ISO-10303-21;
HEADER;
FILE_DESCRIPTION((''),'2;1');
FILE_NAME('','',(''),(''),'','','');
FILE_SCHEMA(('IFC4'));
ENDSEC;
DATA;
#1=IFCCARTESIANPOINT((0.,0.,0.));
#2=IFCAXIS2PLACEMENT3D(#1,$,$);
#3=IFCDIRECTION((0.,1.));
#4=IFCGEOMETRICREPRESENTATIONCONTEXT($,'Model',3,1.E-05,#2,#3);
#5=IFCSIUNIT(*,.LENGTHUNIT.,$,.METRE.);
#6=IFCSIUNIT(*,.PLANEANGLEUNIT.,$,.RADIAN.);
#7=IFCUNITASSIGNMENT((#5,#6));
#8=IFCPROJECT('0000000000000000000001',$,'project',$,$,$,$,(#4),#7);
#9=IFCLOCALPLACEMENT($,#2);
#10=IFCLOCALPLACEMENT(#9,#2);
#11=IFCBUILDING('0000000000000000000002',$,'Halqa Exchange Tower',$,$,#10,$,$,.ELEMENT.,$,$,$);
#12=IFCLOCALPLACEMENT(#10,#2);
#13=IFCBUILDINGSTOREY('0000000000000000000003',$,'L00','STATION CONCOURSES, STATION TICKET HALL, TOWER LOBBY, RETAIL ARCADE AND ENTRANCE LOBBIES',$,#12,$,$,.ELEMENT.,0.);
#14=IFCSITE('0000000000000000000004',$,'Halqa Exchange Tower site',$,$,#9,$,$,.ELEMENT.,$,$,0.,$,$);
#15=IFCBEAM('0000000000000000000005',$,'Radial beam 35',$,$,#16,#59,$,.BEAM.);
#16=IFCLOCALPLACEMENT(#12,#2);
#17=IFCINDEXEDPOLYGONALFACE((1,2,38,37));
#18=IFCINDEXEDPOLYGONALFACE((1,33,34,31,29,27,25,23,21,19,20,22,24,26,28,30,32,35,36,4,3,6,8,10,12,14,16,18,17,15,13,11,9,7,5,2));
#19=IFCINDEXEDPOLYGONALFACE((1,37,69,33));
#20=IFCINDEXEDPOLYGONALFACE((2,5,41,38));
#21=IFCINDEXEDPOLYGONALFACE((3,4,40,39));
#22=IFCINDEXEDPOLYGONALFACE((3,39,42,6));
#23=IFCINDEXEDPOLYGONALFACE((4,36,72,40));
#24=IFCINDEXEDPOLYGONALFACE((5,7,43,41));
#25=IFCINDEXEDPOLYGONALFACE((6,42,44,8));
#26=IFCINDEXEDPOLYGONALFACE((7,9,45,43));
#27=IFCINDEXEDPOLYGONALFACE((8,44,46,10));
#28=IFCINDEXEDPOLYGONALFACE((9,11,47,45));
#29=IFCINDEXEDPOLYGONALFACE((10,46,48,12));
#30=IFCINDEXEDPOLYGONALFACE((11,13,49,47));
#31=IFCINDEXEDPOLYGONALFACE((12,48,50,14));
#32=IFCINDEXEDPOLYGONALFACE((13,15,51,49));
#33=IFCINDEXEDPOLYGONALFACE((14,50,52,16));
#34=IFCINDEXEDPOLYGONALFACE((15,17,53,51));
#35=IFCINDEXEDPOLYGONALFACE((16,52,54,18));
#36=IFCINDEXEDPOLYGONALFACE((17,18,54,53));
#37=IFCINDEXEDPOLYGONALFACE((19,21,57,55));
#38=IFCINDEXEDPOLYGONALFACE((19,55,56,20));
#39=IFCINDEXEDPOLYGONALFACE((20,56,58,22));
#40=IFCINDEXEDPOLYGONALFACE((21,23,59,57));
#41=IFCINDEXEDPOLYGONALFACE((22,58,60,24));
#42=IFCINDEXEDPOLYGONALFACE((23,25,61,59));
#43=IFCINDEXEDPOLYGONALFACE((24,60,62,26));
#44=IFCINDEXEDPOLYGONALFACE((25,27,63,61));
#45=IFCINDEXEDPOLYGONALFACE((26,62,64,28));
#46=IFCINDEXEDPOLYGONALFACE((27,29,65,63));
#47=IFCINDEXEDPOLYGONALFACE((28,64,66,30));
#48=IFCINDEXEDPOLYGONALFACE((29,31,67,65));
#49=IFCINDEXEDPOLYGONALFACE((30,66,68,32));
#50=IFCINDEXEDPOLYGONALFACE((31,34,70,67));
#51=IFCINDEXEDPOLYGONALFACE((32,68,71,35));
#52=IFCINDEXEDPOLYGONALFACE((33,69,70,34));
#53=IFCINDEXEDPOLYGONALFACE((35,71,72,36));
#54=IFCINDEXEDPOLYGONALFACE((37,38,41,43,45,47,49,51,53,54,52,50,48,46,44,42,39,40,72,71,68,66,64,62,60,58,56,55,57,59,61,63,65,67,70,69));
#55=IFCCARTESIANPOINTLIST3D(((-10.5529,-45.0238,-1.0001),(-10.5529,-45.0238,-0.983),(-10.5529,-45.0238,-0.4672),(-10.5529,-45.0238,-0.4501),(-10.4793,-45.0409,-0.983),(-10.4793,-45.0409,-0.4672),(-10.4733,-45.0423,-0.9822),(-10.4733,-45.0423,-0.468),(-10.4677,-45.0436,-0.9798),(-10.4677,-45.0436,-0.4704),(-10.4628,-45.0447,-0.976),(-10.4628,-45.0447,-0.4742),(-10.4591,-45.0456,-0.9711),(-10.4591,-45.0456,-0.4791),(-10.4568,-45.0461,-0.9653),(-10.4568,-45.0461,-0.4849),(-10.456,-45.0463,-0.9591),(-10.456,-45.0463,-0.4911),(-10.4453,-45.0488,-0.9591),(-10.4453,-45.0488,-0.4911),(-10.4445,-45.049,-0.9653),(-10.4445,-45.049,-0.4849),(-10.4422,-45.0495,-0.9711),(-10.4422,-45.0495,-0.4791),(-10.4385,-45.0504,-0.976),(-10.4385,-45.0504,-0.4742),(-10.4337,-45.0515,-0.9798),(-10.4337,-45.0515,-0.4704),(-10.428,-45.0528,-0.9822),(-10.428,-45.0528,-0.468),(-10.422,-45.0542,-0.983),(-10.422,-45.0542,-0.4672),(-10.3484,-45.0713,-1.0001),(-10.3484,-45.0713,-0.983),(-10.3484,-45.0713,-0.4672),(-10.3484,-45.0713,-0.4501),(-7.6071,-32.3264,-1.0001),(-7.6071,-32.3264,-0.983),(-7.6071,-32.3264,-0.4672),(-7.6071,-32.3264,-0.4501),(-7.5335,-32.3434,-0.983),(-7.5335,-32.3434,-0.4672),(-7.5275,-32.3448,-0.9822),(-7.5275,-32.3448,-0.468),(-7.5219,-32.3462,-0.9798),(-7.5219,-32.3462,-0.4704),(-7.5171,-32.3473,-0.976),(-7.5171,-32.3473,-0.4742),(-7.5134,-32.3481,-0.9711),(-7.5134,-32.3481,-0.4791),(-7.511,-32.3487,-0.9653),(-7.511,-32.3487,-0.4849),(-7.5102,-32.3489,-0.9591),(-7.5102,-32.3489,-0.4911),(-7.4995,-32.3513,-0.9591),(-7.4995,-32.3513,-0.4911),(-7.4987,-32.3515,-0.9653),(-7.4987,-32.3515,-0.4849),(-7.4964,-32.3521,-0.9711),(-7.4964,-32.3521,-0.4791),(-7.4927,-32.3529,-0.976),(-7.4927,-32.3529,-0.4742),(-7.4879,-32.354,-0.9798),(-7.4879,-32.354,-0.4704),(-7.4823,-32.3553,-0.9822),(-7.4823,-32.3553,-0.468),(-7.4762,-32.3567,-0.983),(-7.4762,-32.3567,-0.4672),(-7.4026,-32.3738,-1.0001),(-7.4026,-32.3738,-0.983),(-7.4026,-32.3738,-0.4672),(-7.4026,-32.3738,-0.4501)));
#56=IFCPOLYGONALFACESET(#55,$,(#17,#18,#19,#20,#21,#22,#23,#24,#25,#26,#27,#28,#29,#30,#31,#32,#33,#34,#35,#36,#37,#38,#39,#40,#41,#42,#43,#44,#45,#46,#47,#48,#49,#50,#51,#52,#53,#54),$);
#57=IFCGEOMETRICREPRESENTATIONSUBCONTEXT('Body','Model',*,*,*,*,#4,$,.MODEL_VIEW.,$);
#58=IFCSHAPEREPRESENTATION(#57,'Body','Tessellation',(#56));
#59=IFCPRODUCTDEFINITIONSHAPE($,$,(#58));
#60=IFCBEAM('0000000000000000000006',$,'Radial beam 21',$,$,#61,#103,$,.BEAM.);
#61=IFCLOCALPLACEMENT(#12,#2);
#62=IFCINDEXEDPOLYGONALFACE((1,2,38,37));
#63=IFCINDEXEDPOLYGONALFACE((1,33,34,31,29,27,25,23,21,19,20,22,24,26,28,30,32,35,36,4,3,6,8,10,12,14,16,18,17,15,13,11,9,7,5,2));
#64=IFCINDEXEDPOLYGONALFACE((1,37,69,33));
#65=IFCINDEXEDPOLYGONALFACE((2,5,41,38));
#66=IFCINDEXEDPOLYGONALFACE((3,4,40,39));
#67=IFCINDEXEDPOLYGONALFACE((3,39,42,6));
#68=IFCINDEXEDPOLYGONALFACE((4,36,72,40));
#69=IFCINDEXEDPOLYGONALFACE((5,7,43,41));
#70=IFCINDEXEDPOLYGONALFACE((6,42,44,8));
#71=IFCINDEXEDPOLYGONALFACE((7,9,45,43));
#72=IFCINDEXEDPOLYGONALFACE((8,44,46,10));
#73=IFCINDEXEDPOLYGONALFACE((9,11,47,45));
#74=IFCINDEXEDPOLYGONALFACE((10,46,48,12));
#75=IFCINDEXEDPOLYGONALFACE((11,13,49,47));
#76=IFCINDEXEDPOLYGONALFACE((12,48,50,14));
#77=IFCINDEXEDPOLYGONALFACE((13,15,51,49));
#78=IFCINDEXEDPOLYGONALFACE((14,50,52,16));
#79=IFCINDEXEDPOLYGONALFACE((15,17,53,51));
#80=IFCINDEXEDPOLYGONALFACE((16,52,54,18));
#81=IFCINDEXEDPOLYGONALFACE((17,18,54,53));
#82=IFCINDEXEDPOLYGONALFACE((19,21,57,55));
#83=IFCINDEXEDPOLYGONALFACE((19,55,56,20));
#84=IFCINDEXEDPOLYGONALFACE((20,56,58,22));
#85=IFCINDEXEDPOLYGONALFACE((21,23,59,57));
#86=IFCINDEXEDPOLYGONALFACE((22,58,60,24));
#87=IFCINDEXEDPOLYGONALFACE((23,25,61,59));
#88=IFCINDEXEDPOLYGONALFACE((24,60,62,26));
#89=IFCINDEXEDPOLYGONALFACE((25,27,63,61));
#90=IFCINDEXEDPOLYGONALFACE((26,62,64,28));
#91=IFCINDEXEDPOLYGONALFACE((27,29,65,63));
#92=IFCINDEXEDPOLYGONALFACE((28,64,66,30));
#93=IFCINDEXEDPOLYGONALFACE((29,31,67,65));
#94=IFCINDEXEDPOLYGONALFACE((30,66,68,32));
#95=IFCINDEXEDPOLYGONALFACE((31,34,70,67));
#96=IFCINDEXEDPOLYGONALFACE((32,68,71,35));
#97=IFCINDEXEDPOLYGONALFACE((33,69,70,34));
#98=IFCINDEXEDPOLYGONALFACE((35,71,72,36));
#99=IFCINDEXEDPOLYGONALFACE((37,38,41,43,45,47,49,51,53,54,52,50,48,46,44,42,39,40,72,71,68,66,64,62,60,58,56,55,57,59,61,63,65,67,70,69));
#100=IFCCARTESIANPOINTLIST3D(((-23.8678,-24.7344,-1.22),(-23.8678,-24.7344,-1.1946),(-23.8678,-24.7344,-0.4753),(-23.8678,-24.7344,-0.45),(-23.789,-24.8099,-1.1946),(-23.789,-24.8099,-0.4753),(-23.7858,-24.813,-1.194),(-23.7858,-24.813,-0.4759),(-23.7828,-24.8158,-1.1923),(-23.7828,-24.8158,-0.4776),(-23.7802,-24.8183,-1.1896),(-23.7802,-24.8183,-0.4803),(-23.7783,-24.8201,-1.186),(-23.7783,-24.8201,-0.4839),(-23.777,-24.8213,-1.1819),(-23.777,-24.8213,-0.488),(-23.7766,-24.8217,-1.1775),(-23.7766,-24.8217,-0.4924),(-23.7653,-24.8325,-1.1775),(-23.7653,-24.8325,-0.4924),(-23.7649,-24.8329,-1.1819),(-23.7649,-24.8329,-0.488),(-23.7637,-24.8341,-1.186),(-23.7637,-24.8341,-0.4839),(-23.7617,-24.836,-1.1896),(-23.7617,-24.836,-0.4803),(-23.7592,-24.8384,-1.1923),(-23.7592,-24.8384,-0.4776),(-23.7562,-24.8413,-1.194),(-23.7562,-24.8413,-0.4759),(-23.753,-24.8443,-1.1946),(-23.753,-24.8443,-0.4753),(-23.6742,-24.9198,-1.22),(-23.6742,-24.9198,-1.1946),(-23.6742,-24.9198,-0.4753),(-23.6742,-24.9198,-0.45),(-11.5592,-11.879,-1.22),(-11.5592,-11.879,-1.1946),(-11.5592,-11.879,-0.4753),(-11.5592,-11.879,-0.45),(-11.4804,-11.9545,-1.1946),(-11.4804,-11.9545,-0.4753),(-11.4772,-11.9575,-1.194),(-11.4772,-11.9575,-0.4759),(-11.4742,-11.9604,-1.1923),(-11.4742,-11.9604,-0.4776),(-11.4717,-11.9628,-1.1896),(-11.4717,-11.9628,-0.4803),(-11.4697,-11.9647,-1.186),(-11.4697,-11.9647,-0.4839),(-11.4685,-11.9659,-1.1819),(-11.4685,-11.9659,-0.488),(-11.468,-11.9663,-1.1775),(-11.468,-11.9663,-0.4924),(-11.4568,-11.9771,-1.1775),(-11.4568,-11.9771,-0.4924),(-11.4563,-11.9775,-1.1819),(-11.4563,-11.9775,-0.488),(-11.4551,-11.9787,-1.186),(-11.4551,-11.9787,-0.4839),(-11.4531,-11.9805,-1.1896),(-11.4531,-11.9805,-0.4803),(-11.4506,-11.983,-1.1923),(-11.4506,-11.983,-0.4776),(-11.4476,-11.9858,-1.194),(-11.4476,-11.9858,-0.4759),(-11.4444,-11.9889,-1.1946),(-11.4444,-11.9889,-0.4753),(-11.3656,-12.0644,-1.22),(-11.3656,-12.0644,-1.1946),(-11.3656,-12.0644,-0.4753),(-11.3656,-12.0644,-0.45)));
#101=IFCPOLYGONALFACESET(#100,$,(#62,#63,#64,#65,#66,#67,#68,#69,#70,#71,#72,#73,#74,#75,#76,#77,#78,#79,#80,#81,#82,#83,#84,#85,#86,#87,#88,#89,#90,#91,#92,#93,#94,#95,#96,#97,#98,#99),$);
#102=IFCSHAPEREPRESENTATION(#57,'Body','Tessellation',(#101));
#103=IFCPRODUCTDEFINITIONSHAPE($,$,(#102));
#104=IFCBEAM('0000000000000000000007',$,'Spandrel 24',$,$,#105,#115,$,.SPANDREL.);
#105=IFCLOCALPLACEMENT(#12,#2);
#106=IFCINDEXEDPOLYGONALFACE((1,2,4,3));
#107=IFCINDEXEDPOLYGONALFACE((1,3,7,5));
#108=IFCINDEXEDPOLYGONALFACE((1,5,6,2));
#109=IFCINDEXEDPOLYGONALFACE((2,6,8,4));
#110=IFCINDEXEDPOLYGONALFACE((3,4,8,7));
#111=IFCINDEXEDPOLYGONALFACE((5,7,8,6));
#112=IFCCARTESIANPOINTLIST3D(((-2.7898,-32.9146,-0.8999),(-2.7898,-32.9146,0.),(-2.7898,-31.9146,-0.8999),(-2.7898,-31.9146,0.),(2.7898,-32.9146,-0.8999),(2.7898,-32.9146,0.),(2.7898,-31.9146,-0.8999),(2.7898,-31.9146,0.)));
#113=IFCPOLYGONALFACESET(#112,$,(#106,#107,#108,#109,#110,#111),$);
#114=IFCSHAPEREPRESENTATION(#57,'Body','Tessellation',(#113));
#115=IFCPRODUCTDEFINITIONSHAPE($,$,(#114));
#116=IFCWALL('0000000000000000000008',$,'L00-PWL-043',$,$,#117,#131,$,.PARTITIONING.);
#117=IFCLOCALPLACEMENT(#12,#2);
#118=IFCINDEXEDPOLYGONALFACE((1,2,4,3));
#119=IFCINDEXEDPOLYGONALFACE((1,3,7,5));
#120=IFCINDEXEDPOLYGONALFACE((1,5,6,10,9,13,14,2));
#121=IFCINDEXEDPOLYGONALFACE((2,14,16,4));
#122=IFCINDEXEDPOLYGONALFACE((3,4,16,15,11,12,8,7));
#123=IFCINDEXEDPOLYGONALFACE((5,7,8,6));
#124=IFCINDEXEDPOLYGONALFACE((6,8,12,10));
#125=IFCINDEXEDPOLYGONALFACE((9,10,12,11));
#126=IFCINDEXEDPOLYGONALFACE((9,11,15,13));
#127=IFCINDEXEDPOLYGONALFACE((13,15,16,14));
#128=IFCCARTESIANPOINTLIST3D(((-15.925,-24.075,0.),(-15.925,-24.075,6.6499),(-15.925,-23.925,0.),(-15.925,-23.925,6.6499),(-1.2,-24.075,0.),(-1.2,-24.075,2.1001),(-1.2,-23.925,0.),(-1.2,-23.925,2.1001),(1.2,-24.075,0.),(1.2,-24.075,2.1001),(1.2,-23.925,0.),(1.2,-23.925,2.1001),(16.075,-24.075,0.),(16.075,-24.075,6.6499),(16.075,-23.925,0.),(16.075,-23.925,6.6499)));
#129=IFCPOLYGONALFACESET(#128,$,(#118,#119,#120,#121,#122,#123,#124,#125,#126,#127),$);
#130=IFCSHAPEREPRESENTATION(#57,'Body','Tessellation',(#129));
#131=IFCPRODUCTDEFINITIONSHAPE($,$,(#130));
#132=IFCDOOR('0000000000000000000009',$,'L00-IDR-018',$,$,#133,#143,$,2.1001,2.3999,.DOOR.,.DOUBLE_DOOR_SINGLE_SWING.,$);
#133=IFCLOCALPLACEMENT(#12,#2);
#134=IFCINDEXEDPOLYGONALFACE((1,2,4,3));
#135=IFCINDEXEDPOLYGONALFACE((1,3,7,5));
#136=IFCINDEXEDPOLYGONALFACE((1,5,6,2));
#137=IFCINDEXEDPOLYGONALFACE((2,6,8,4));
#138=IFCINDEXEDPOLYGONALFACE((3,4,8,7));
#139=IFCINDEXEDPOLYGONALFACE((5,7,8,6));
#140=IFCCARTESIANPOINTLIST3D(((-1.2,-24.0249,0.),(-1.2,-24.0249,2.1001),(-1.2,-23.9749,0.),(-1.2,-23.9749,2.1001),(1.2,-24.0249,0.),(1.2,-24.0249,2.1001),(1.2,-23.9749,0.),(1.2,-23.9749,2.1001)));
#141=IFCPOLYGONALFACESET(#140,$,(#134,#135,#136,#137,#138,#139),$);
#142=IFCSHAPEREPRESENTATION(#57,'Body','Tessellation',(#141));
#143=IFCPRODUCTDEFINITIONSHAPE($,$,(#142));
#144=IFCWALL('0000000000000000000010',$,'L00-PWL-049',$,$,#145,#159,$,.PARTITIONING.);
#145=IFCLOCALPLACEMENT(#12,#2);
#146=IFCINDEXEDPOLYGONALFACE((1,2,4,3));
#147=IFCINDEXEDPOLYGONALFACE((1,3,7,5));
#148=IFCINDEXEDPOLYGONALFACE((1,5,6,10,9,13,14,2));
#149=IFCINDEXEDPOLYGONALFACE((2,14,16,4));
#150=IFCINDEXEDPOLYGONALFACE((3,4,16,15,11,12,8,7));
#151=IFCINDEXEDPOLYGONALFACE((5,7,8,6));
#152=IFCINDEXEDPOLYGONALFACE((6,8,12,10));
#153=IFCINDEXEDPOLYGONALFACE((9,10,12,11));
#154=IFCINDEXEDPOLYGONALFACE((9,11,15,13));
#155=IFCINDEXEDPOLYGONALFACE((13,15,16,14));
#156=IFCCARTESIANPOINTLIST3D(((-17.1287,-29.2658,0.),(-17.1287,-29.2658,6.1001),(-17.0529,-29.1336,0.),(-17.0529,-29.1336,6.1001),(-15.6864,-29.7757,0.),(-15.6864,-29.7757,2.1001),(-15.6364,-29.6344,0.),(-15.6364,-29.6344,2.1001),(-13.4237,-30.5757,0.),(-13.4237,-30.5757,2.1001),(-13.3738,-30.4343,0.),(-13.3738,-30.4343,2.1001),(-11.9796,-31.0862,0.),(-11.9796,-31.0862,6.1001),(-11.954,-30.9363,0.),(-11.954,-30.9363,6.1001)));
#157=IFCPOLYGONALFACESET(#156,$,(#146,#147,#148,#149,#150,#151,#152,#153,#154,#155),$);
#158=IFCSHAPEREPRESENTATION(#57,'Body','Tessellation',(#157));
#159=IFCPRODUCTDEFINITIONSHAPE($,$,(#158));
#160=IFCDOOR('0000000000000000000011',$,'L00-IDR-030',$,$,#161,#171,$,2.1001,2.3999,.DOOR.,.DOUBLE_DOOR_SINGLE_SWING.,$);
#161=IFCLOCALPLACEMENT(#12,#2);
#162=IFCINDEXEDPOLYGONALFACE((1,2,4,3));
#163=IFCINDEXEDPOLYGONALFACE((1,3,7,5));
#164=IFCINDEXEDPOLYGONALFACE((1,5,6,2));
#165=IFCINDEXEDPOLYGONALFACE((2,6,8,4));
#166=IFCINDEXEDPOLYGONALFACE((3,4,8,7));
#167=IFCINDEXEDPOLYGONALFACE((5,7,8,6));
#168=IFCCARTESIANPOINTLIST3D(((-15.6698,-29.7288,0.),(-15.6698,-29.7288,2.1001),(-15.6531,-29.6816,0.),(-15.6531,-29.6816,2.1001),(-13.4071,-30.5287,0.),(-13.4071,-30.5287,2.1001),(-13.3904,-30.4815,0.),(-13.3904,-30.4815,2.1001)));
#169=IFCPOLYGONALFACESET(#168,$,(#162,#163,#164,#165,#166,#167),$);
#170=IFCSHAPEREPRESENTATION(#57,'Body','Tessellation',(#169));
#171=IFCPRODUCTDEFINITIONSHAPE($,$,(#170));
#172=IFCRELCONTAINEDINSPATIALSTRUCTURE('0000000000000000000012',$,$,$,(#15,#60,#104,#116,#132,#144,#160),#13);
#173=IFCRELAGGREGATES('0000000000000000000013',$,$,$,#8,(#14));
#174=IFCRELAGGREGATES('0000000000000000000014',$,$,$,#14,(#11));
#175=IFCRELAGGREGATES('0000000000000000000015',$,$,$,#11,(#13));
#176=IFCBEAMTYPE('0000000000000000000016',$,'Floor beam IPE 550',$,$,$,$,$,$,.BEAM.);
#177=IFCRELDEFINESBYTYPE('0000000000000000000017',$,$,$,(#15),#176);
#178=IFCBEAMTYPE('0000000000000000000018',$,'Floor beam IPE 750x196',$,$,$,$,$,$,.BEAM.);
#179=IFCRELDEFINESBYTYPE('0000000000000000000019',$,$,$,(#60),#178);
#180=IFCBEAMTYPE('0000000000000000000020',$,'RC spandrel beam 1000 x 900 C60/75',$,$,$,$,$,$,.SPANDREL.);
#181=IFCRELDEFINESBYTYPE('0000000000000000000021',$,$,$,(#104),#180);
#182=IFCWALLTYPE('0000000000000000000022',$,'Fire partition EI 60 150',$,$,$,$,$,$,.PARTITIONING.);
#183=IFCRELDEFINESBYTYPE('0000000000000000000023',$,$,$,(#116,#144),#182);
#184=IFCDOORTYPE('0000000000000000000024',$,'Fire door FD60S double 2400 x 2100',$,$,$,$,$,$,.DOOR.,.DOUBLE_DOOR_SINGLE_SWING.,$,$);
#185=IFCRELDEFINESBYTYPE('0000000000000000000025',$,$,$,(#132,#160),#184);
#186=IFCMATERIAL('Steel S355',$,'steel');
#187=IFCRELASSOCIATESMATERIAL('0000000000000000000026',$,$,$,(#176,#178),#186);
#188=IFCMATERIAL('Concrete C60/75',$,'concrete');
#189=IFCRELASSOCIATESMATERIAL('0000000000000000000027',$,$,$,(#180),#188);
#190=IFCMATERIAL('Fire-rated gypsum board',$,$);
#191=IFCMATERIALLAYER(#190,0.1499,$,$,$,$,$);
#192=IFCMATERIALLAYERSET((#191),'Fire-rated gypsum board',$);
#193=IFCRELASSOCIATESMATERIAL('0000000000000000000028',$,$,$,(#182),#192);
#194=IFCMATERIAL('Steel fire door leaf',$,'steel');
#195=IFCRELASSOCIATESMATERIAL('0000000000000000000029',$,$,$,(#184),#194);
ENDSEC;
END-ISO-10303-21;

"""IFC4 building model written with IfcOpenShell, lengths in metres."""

from ifc_helpers import new_model, si_unit, direction, frame, frame_2d, origin, origin_2d, place, context, subcontext, project, spatial, polyline, rectangle, i_section, outline, extrude, material, layer, layer_set, material_profile, profile_set, type_object, element, fill, save


model = new_model("IFC4")

# Units and contexts
model_context = context("Model", 3, precision=1e-05, world=origin(), true_north=direction((0.0, 1.0)))
body_context = subcontext(model_context, "Body", "Model", "MODEL_VIEW")
ifc_project = project(units=[si_unit("LENGTHUNIT", "METRE"), si_unit("PLANEANGLEUNIT", "RADIAN")], contexts=[model_context])

# Site, building, storey
site_placement = place(None, origin())
site = spatial("IfcSite", under=ifc_project, at=site_placement, Name="Halqa Exchange Tower site", CompositionType="ELEMENT", RefElevation=0.0)
building_placement = place(site_placement, origin())
building = spatial("IfcBuilding", under=site, at=building_placement, Name="Halqa Exchange Tower", CompositionType="ELEMENT")
storey_placement = place(building_placement, origin())
storey = spatial("IfcBuildingStorey", under=building, at=storey_placement, Name="L00", Description="STATION CONCOURSES, STATION TICKET HALL, TOWER LOBBY, RETAIL ARCADE AND ENTRANCE LOBBIES", CompositionType="ELEMENT", Elevation=0.0)

# Beams
ifc_material_1 = material(Name="Steel S355", Category="steel")
ifc_material_profile_1 = material_profile(ifc_material_1, i_section(OverallWidth=0.21, OverallDepth=0.55, WebThickness=0.011, FlangeThickness=0.0171, FilletRadius=0.0239, at=origin_2d()), Name="IPE 550")
ifc_profile_set_1 = profile_set([ifc_material_profile_1], Name="Steel S355")
beam_type_1 = type_object("IfcBeamType", Name="Floor beam IPE 550", PredefinedType="BEAM", material=ifc_profile_set_1)
beam_1_placement = place(storey_placement, frame((-7.5049, -32.3501, -0.7251), z_axis=(-0.225996, -0.974128, 0.0), x_axis=(0.974128, -0.225996, 0.0)))
element("IfcBeam", 1, at=beam_1_placement, inside=storey, type_object=beam_type_1, Name="Radial beam 35", PredefinedType="BEAM", context=body_context, shape_type="SweptSolid", body=[
    extrude(i_section(OverallWidth=0.21, OverallDepth=0.55, WebThickness=0.011, FlangeThickness=0.0171, FilletRadius=0.0239, at=origin_2d()), origin(), (0.0, 0.0, 1.0), 13.0347),
])
ifc_material_profile_2 = material_profile(ifc_material_1, i_section(OverallWidth=0.2681, OverallDepth=0.77, WebThickness=0.0156, FlangeThickness=0.0254, FilletRadius=0.0171, at=origin_2d()), Name="IPE 750x196")
ifc_profile_set_2 = profile_set([ifc_material_profile_2], Name="Steel S355")
beam_type_2 = type_object("IfcBeamType", Name="Floor beam IPE 750x196", PredefinedType="BEAM", material=ifc_profile_set_2)
beam_2_placement = place(storey_placement, frame((-11.4624, -11.9717, -0.835), z_axis=(-0.691576, -0.722303, 0.0), x_axis=(0.722303, -0.691576, 0.0)))
element("IfcBeam", 2, at=beam_2_placement, inside=storey, type_object=beam_type_2, Name="Radial beam 21", PredefinedType="BEAM", context=body_context, shape_type="SweptSolid", body=[
    extrude(i_section(OverallWidth=0.2681, OverallDepth=0.77, WebThickness=0.0156, FlangeThickness=0.0254, FilletRadius=0.0171, at=origin_2d()), origin(), (0.0, 0.0, 1.0), 17.7979),
])
ifc_material_2 = material(Name="Concrete C60/75", Category="concrete")
ifc_material_profile_3 = material_profile(ifc_material_2, rectangle(XDim=1.0, YDim=0.8999, at=origin_2d()), Name="1000 x 900")
ifc_profile_set_3 = profile_set([ifc_material_profile_3], Name="Concrete C60/75")
beam_type_3 = type_object("IfcBeamType", Name="RC spandrel beam 1000 x 900 C60/75", PredefinedType="SPANDREL", material=ifc_profile_set_3)
beam_3_placement = place(storey_placement, frame((-2.7898, -32.4146, -0.45), z_axis=(1.0, 0.0, 0.0), x_axis=(0.0, 1.0, 0.0)))
element("IfcBeam", 3, at=beam_3_placement, inside=storey, type_object=beam_type_3, Name="Spandrel 24", PredefinedType="SPANDREL", context=body_context, shape_type="SweptSolid", body=[
    extrude(rectangle(XDim=1.0, YDim=0.8999, at=origin_2d()), origin(), (0.0, 0.0, 1.0), 5.5796),
])

# Walls, openings, doors
ifc_material_3 = material(Name="Fire-rated gypsum board")
ifc_layer_1 = layer(ifc_material_3, 0.1499)
ifc_layer_set_1 = layer_set([ifc_layer_1], Name="Fire-rated gypsum board")
wall_type_1 = type_object("IfcWallType", Name="Fire partition EI 60 150", PredefinedType="PARTITIONING", material=ifc_layer_set_1)
wall_1_placement = place(storey_placement, frame((-15.925, -24.0, 0.0), z_axis=(0.0, 0.0, 1.0), x_axis=(1.0, 0.0, 0.0)))
wall_1 = element("IfcWall", 4, at=wall_1_placement, inside=storey, type_object=wall_type_1, Name="L00-PWL-043", PredefinedType="PARTITIONING", context=body_context, shape_type="SweptSolid", body=[
    extrude(rectangle(XDim=32.0, YDim=0.1499, at=frame_2d((16.0, 0.0))), origin(), (0.0, 0.0, 1.0), 6.6499),
])
opening_1_placement = place(wall_1_placement, frame((14.7251, 0.0, 0.0)))
opening_1 = element("IfcOpeningElement", 5, at=opening_1_placement, cuts=wall_1, PredefinedType="OPENING", context=body_context, shape_type="SweptSolid", body=[
    extrude(rectangle(XDim=2.3999, YDim=2.1001, at=frame_2d((1.2, 1.05))), frame((0.0, 0.0869, 0.0), z_axis=(0.0, -1.0, 0.0), x_axis=(1.0, 0.0, 0.0)), (0.0, 0.0, 1.0), 0.1738),
])
ifc_material_4 = material(Name="Steel fire door leaf", Category="steel")
door_type_1 = type_object("IfcDoorType", Name="Fire door FD60S double 2400 x 2100", OperationType="DOUBLE_DOOR_SINGLE_SWING", PredefinedType="DOOR", material=ifc_material_4)
door_1_placement = place(opening_1_placement, frame((2.3999, 0.0, 0.0), z_axis=(0.0, 0.0, 1.0), x_axis=(-1.0, 0.0, 0.0)))
door_1 = element("IfcDoor", 6, at=door_1_placement, inside=storey, type_object=door_type_1, Name="L00-IDR-018", OperationType="DOUBLE_DOOR_SINGLE_SWING", OverallHeight=2.1001, OverallWidth=2.3999, PredefinedType="DOOR", context=body_context, shape_type="SweptSolid", body=[
    extrude(rectangle(XDim=2.3999, YDim=2.1001, at=frame_2d((1.2, 1.05))), frame((0.0, 0.0249, 0.0), z_axis=(0.0, -1.0, 0.0), x_axis=(1.0, 0.0, 0.0)), (0.0, 0.0, 1.0), 0.05),
])
fill(opening_1, door_1)
wall_2_placement = place(storey_placement, frame((-11.9668, -31.0112, 0.0), z_axis=(0.0, 0.0, 1.0), x_axis=(-0.942814, 0.333318, 0.0)))
wall_2 = element("IfcWall", 7, at=wall_2_placement, inside=storey, type_object=wall_type_1, Name="L00-PWL-049", PredefinedType="PARTITIONING", context=body_context, shape_type="SweptSolid", body=[
    extrude(outline(polyline([(0.0129, -0.075), (5.4211, -0.075), (5.4485, 0.075), (-0.0129, 0.075), (0.0129, -0.075)])), origin(), (0.0, 0.0, 1.0), 6.1001),
])
opening_2_placement = place(wall_2_placement, frame((1.5188, 0.0, 0.0)))
opening_2 = element("IfcOpeningElement", 8, at=opening_2_placement, cuts=wall_2, PredefinedType="OPENING", context=body_context, shape_type="SweptSolid", body=[
    extrude(rectangle(XDim=2.3999, YDim=2.1001, at=frame_2d((1.2, 1.05))), frame((0.0, 0.0869, 0.0), z_axis=(0.0, -1.0, 0.0), x_axis=(1.0, 0.0, 0.0)), (0.0, 0.0, 1.0), 0.1738),
])
door_2_placement = place(opening_2_placement, frame((2.3999, 0.0, 0.0), z_axis=(0.0, 0.0, 1.0), x_axis=(-1.0, 0.0, 0.0)))
door_2 = element("IfcDoor", 9, at=door_2_placement, inside=storey, type_object=door_type_1, Name="L00-IDR-030", OperationType="DOUBLE_DOOR_SINGLE_SWING", OverallHeight=2.1001, OverallWidth=2.3999, PredefinedType="DOOR", context=body_context, shape_type="SweptSolid", body=[
    extrude(rectangle(XDim=2.3999, YDim=2.1001, at=frame_2d((1.2, 1.05))), frame((0.0, 0.0249, 0.0), z_axis=(0.0, -1.0, 0.0), x_axis=(1.0, 0.0, 0.0)), (0.0, 0.0, 1.0), 0.05),
])
fill(opening_2, door_2)

save(model, "model.ifc")
